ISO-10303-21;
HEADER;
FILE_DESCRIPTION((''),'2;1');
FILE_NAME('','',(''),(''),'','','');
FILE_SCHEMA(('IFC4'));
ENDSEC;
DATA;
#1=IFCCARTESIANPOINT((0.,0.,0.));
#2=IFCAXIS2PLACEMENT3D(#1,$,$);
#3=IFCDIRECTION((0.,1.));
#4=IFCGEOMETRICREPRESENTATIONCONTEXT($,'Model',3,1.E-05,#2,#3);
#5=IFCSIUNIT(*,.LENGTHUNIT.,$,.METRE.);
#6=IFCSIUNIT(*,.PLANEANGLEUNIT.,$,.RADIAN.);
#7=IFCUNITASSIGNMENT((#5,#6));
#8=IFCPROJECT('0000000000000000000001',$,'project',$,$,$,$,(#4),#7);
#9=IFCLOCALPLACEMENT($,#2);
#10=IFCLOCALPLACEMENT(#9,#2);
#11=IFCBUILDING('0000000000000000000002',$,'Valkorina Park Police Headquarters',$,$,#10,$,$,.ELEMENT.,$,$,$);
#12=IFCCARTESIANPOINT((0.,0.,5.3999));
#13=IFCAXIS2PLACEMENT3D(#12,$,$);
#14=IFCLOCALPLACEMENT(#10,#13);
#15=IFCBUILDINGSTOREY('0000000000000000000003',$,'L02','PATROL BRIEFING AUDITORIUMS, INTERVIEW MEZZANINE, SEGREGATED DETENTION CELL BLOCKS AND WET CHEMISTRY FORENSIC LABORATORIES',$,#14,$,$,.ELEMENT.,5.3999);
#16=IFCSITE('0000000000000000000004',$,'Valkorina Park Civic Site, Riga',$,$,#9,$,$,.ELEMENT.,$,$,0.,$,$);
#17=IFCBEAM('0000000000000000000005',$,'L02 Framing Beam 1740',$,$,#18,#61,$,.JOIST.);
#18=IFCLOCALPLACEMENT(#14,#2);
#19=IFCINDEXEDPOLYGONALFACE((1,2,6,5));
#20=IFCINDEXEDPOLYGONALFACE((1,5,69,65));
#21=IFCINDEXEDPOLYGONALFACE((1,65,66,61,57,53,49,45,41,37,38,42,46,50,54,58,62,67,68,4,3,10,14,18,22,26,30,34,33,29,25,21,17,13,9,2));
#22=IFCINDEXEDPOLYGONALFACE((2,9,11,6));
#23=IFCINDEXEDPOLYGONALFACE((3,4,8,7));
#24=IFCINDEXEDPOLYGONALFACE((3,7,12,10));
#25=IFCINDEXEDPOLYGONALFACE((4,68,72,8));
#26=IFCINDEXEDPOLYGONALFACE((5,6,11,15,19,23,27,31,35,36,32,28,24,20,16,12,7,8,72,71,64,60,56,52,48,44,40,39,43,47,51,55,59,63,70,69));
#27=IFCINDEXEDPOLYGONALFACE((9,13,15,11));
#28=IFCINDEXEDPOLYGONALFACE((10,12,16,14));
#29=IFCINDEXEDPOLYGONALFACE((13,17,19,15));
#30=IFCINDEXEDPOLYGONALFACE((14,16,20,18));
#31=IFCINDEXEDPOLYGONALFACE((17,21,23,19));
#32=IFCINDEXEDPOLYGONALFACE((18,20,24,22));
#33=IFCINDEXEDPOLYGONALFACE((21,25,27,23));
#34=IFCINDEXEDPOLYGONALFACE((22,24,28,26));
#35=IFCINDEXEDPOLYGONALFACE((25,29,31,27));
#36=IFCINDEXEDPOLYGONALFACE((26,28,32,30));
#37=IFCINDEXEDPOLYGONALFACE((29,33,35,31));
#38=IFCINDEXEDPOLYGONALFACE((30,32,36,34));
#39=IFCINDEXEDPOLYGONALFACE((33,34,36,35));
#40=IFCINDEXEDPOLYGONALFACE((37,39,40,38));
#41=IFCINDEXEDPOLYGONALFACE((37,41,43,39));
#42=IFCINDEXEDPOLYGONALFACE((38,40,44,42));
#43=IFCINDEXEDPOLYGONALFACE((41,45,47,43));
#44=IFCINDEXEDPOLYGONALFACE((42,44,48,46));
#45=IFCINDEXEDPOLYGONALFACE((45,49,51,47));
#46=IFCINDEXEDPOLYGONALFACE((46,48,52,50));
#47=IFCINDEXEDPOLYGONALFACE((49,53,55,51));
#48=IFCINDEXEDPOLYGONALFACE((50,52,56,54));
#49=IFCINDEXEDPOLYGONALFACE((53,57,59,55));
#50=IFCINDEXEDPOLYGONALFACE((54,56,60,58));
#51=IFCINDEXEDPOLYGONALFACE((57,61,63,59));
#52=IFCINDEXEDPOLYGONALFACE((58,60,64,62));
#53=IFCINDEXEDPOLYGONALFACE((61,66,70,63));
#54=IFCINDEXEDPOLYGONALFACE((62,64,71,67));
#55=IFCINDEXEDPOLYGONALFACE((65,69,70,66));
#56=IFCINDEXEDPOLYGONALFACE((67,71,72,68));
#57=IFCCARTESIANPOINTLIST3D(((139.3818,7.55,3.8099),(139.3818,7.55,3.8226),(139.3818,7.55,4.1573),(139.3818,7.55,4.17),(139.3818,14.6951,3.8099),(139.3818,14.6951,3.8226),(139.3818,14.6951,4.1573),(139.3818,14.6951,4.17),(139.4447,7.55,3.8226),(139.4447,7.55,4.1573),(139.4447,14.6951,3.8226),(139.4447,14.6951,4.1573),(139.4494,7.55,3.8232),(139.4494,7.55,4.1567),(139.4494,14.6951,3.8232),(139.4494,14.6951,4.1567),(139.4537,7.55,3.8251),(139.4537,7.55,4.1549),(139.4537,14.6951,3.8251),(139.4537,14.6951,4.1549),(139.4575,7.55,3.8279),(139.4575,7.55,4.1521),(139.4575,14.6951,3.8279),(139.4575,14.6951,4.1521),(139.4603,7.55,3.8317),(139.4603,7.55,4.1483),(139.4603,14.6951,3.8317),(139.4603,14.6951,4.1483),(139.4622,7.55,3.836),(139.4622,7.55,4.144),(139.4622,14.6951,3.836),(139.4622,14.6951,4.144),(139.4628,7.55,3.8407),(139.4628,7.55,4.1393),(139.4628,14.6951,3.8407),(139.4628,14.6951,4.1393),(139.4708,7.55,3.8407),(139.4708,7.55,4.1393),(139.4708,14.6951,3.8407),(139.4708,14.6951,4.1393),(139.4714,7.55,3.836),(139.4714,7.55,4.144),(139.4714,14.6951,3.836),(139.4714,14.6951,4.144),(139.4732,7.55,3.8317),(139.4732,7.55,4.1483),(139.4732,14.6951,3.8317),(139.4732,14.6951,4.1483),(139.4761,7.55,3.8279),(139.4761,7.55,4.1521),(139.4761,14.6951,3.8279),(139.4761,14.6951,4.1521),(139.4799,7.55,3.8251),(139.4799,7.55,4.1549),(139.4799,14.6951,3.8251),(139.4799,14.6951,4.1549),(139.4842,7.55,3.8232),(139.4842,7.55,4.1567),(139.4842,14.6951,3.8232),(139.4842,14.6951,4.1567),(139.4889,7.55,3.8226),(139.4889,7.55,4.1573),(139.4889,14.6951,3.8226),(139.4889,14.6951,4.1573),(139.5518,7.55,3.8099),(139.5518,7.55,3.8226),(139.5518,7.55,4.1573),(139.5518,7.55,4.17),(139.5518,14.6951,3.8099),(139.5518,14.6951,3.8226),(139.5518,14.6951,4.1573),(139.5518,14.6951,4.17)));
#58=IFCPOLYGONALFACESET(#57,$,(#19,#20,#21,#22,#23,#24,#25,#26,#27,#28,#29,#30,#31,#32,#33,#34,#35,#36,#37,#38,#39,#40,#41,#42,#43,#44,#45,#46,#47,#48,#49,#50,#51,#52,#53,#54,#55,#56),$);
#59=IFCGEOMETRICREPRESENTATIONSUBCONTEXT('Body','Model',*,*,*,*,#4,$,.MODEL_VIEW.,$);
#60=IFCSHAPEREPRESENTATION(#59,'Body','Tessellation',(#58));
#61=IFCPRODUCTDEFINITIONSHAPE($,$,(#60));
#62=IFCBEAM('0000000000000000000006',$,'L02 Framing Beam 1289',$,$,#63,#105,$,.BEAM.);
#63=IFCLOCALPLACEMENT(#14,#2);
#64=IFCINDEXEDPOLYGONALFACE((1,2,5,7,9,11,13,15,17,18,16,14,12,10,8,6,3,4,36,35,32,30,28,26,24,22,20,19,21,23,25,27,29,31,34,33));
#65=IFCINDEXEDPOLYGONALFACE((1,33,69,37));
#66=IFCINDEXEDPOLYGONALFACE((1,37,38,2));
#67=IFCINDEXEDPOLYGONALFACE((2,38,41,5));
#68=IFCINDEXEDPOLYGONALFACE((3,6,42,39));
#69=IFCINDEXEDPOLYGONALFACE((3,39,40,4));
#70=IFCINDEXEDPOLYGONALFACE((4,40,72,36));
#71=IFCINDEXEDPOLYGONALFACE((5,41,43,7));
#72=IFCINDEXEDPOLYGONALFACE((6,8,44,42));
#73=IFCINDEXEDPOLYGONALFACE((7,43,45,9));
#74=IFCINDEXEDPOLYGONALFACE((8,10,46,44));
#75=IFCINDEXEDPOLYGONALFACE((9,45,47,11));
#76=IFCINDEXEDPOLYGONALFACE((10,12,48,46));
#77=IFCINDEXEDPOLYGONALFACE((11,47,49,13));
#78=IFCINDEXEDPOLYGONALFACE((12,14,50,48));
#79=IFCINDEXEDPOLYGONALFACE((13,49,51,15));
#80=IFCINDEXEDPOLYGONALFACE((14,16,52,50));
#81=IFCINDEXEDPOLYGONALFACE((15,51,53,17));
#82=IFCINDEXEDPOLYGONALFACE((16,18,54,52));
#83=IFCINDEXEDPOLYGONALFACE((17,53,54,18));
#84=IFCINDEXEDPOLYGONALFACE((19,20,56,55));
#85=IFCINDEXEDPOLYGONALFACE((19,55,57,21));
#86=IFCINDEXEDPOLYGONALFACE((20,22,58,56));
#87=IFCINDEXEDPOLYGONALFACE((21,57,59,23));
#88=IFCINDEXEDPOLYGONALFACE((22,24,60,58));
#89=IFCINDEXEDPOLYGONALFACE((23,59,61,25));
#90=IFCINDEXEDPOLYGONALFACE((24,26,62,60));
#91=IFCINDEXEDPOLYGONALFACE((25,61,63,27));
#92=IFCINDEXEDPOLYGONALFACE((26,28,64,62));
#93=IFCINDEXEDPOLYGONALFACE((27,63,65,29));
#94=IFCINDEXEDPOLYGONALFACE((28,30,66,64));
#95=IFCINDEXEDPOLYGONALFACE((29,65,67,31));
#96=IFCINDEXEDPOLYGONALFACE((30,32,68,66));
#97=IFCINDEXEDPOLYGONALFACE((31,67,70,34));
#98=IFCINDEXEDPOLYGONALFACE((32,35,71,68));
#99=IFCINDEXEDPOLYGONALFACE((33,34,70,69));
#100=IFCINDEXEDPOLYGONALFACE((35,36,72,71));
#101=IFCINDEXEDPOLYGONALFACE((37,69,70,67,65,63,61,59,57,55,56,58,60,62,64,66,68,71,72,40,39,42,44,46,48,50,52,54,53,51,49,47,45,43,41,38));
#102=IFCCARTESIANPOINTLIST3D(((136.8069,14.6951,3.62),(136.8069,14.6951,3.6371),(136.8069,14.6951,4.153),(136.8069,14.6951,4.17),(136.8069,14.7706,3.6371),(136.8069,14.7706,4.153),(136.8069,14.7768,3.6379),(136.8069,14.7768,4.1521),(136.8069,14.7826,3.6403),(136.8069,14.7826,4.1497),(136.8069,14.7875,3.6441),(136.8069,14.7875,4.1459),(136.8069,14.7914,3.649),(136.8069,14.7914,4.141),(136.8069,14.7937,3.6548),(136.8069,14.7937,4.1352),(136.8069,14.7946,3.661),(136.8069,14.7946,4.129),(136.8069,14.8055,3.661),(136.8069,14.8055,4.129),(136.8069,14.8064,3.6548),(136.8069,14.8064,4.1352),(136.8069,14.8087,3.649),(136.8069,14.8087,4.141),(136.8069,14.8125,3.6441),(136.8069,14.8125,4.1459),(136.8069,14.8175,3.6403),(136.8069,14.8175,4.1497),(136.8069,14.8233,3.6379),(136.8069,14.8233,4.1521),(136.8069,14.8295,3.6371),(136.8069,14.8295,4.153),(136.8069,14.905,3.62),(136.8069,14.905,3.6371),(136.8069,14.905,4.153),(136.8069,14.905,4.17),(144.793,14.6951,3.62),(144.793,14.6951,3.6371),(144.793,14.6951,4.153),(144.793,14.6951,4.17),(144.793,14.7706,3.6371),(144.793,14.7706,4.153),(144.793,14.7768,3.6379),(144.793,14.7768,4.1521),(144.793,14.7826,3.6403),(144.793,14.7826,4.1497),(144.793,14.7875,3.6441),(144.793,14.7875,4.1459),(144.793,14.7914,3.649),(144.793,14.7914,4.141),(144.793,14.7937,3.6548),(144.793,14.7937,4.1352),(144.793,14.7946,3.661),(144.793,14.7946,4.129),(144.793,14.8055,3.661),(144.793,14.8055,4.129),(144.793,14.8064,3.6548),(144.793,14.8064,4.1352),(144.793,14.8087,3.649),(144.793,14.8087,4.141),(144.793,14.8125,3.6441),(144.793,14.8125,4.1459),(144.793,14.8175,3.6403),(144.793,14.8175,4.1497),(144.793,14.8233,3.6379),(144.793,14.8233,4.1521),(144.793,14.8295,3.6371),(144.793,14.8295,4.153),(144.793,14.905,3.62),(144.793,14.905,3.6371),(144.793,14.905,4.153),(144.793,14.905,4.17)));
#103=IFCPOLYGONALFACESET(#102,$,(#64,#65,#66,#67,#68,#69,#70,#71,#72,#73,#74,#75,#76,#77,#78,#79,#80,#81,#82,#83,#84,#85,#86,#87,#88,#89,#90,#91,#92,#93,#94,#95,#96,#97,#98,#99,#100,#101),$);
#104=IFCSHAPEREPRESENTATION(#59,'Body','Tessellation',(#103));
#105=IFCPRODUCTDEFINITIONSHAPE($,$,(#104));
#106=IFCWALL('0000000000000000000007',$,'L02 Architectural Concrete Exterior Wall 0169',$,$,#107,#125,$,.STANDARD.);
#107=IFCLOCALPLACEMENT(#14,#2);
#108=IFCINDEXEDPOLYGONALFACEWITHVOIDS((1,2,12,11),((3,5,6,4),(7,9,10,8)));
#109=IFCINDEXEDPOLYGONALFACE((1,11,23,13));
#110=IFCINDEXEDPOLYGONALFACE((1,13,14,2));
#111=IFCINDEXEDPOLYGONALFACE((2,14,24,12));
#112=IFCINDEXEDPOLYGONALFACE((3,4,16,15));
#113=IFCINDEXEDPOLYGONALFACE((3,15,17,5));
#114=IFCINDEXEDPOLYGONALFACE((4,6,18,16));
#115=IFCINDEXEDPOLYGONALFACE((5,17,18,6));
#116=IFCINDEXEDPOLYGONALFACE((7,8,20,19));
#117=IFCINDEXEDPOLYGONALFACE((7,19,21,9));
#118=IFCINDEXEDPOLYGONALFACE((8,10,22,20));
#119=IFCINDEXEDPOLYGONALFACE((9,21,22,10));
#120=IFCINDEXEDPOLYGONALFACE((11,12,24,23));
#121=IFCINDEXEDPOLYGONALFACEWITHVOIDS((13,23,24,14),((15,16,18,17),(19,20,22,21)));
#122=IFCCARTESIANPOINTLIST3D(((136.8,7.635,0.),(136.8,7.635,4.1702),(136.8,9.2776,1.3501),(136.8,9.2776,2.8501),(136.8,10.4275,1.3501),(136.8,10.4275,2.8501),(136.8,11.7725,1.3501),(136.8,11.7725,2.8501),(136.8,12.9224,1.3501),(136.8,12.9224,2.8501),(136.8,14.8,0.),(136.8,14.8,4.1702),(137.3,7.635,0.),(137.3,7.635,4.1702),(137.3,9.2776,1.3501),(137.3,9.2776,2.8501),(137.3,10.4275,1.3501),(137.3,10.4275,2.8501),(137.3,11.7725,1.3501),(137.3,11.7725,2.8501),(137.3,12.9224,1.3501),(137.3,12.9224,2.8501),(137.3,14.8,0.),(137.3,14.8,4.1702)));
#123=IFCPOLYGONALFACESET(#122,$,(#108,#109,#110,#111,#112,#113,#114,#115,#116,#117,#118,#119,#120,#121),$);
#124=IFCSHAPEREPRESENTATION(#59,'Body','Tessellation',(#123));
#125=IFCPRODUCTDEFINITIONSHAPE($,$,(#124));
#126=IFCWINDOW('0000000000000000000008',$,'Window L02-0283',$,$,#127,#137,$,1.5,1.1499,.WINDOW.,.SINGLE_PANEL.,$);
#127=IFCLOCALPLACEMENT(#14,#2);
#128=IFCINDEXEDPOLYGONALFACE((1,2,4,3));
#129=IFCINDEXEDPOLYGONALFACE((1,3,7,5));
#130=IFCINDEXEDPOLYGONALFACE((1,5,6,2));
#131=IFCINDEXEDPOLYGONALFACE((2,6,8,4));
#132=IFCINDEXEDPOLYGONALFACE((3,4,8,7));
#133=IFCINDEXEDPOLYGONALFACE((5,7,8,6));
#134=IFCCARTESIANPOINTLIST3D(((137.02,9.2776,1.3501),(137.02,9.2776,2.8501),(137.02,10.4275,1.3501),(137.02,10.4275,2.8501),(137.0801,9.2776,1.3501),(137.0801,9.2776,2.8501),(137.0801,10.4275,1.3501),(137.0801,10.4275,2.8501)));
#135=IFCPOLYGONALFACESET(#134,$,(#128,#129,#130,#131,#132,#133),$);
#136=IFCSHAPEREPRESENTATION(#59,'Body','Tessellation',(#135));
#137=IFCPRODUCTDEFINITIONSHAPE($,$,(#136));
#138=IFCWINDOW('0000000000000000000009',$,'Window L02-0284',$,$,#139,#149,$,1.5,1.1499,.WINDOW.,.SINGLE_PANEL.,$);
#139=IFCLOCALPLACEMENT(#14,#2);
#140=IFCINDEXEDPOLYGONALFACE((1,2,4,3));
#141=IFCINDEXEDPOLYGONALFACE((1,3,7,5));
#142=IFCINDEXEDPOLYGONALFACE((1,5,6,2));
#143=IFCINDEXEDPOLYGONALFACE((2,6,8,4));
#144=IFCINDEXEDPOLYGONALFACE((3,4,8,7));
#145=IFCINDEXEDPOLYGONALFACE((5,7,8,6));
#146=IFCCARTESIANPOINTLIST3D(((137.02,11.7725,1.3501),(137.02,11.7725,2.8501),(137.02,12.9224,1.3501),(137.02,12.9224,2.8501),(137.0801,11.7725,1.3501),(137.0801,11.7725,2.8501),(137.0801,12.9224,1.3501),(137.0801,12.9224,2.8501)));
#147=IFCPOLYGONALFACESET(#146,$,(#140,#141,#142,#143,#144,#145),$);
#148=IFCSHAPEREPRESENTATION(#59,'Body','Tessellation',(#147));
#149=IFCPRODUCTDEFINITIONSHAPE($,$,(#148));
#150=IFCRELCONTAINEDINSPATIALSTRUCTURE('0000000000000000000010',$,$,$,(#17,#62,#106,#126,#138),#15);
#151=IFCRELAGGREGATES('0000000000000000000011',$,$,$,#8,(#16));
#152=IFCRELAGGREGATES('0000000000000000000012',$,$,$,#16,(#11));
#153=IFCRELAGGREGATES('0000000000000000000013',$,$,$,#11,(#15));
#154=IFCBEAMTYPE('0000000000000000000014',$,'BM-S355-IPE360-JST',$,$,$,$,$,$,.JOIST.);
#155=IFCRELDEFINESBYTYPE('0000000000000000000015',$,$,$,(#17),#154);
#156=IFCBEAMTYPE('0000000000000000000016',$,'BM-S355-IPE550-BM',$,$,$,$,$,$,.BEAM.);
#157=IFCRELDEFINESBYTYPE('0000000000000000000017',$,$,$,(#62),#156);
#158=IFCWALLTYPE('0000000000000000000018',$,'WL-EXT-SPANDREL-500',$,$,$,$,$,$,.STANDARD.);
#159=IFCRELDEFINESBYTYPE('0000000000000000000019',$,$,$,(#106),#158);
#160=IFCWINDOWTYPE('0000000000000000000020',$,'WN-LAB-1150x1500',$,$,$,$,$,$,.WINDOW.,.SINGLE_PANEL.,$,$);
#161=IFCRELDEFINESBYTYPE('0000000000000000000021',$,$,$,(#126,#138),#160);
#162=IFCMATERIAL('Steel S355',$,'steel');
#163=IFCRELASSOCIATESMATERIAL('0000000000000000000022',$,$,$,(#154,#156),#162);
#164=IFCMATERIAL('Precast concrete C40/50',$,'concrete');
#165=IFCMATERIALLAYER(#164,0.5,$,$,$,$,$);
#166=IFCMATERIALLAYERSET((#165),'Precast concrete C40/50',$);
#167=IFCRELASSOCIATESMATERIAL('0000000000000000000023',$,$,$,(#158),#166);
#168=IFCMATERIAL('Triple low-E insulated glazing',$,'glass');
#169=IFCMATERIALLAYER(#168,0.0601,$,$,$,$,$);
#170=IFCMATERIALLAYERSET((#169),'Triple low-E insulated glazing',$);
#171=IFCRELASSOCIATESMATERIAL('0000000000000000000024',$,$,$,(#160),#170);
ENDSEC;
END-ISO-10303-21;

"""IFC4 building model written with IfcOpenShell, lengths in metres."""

from ifc_helpers import new_model, si_unit, direction, frame, frame_2d, origin, origin_2d, place, context, subcontext, project, spatial, rectangle, i_section, extrude, material, layer, layer_set, material_profile, profile_set, type_object, element, fill, save


model = new_model("IFC4")

# Units and contexts
model_context = context("Model", 3, precision=1e-05, world=origin(), true_north=direction((0.0, 1.0)))
body_context = subcontext(model_context, "Body", "Model", "MODEL_VIEW")
ifc_project = project(units=[si_unit("LENGTHUNIT", "METRE"), si_unit("PLANEANGLEUNIT", "RADIAN")], contexts=[model_context])

# Site, building, storey
site_placement = place(None, origin())
site = spatial("IfcSite", under=ifc_project, at=site_placement, Name="Valkorina Park Civic Site, Riga", CompositionType="ELEMENT", RefElevation=0.0)
building_placement = place(site_placement, origin())
building = spatial("IfcBuilding", under=site, at=building_placement, Name="Valkorina Park Police Headquarters", CompositionType="ELEMENT")
storey_placement = place(building_placement, frame((0.0, 0.0, 5.3999)))
storey = spatial("IfcBuildingStorey", under=building, at=storey_placement, Name="L02", Description="PATROL BRIEFING AUDITORIUMS, INTERVIEW MEZZANINE, SEGREGATED DETENTION CELL BLOCKS AND WET CHEMISTRY FORENSIC LABORATORIES", CompositionType="ELEMENT", Elevation=5.3999)

# Shared definitions
ifc_material_1 = material(Name="Steel S355", Category="steel")

# Beams
ifc_material_profile_1 = material_profile(ifc_material_1, i_section(OverallWidth=0.1699, OverallDepth=0.3601, WebThickness=0.0081, FlangeThickness=0.0127, FilletRadius=0.0181, at=origin_2d()), Name="IPE 360")
ifc_profile_set_1 = profile_set([ifc_material_profile_1], Name="Steel S355")
beam_type_1 = type_object("IfcBeamType", Name="BM-S355-IPE360-JST", PredefinedType="JOIST", material=ifc_profile_set_1)
beam_1_placement = place(storey_placement, frame((139.4668, 7.55, 3.99), z_axis=(0.0, 1.0, 0.0), x_axis=(-1.0, 0.0, 0.0)))
element("IfcBeam", 1, at=beam_1_placement, inside=storey, type_object=beam_type_1, Name="L02 Framing Beam 1740", PredefinedType="JOIST", context=body_context, shape_type="SweptSolid", body=[
    extrude(i_section(OverallWidth=0.1699, OverallDepth=0.3601, WebThickness=0.0081, FlangeThickness=0.0127, FilletRadius=0.0181, at=origin_2d()), origin(), (0.0, 0.0, 1.0), 7.145),
])
ifc_material_profile_2 = material_profile(ifc_material_1, i_section(OverallWidth=0.21, OverallDepth=0.55, WebThickness=0.011, FlangeThickness=0.0171, FilletRadius=0.0239, at=origin_2d()), Name="IPE 550")
ifc_profile_set_2 = profile_set([ifc_material_profile_2], Name="Steel S355")
beam_type_2 = type_object("IfcBeamType", Name="BM-S355-IPE550-BM", PredefinedType="BEAM", material=ifc_profile_set_2)
beam_2_placement = place(storey_placement, frame((136.8069, 14.8, 3.895), z_axis=(1.0, 0.0, 0.0), x_axis=(0.0, 1.0, 0.0)))
element("IfcBeam", 2, at=beam_2_placement, inside=storey, type_object=beam_type_2, Name="L02 Framing Beam 1289", PredefinedType="BEAM", context=body_context, shape_type="SweptSolid", body=[
    extrude(i_section(OverallWidth=0.21, OverallDepth=0.55, WebThickness=0.011, FlangeThickness=0.0171, FilletRadius=0.0239, at=origin_2d()), origin(), (0.0, 0.0, 1.0), 7.9861),
])

# Wall, openings, windows
ifc_material_2 = material(Name="Precast concrete C40/50", Category="concrete")
ifc_layer_1 = layer(ifc_material_2, 0.5)
ifc_layer_set_1 = layer_set([ifc_layer_1], Name="Precast concrete C40/50")
wall_type = type_object("IfcWallType", Name="WL-EXT-SPANDREL-500", PredefinedType="STANDARD", material=ifc_layer_set_1)
wall_1_placement = place(storey_placement, frame((137.05, 7.635, 0.0), z_axis=(0.0, 0.0, 1.0), x_axis=(0.0, 1.0, 0.0)))
wall_1 = element("IfcWall", 3, at=wall_1_placement, inside=storey, type_object=wall_type, Name="L02 Architectural Concrete Exterior Wall 0169", PredefinedType="STANDARD", context=body_context, shape_type="SweptSolid", body=[
    extrude(rectangle(XDim=7.165, YDim=0.5, at=frame_2d((3.5825, 0.0))), origin(), (0.0, 0.0, 1.0), 4.1702),
])
opening_1_placement = place(wall_1_placement, frame((1.6426, 0.0, 1.3501)))
opening_1 = element("IfcOpeningElement", 4, at=opening_1_placement, cuts=wall_1, PredefinedType="OPENING", context=body_context, shape_type="SweptSolid", body=[
    extrude(rectangle(XDim=1.1499, YDim=1.5, at=frame_2d((0.575, 0.75))), frame((0.0, 0.26, 0.0), z_axis=(0.0, -1.0, 0.0), x_axis=(1.0, 0.0, 0.0)), (0.0, 0.0, 1.0), 0.52),
])
opening_2_placement = place(wall_1_placement, frame((4.1375, 0.0, 1.3501)))
opening_2 = element("IfcOpeningElement", 5, at=opening_2_placement, cuts=wall_1, PredefinedType="OPENING", context=body_context, shape_type="SweptSolid", body=[
    extrude(rectangle(XDim=1.1499, YDim=1.5, at=frame_2d((0.575, 0.75))), frame((0.0, 0.26, 0.0), z_axis=(0.0, -1.0, 0.0), x_axis=(1.0, 0.0, 0.0)), (0.0, 0.0, 1.0), 0.52),
])
ifc_material_3 = material(Name="Triple low-E insulated glazing", Category="glass")
ifc_layer_2 = layer(ifc_material_3, 0.0601)
ifc_layer_set_2 = layer_set([ifc_layer_2], Name="Triple low-E insulated glazing")
window_type_1 = type_object("IfcWindowType", Name="WN-LAB-1150x1500", PartitioningType="SINGLE_PANEL", PredefinedType="WINDOW", material=ifc_layer_set_2)
window_1_placement = place(opening_1_placement, origin())
window_1 = element("IfcWindow", 6, at=window_1_placement, inside=storey, type_object=window_type_1, Name="Window L02-0283", OverallHeight=1.5, OverallWidth=1.1499, PartitioningType="SINGLE_PANEL", PredefinedType="WINDOW", context=body_context, shape_type="SweptSolid", body=[
    extrude(rectangle(XDim=1.1499, YDim=1.5, at=frame_2d((0.575, 0.75))), frame((0.0, 0.03, 0.0), z_axis=(0.0, -1.0, 0.0), x_axis=(1.0, 0.0, 0.0)), (0.0, 0.0, 1.0), 0.0601),
])
fill(opening_1, window_1)
window_2_placement = place(opening_2_placement, origin())
window_2 = element("IfcWindow", 7, at=window_2_placement, inside=storey, type_object=window_type_1, Name="Window L02-0284", OverallHeight=1.5, OverallWidth=1.1499, PartitioningType="SINGLE_PANEL", PredefinedType="WINDOW", context=body_context, shape_type="SweptSolid", body=[
    extrude(rectangle(XDim=1.1499, YDim=1.5, at=frame_2d((0.575, 0.75))), frame((0.0, 0.03, 0.0), z_axis=(0.0, -1.0, 0.0), x_axis=(1.0, 0.0, 0.0)), (0.0, 0.0, 1.0), 0.0601),
])
fill(opening_2, window_2)

save(model, "model.ifc")
